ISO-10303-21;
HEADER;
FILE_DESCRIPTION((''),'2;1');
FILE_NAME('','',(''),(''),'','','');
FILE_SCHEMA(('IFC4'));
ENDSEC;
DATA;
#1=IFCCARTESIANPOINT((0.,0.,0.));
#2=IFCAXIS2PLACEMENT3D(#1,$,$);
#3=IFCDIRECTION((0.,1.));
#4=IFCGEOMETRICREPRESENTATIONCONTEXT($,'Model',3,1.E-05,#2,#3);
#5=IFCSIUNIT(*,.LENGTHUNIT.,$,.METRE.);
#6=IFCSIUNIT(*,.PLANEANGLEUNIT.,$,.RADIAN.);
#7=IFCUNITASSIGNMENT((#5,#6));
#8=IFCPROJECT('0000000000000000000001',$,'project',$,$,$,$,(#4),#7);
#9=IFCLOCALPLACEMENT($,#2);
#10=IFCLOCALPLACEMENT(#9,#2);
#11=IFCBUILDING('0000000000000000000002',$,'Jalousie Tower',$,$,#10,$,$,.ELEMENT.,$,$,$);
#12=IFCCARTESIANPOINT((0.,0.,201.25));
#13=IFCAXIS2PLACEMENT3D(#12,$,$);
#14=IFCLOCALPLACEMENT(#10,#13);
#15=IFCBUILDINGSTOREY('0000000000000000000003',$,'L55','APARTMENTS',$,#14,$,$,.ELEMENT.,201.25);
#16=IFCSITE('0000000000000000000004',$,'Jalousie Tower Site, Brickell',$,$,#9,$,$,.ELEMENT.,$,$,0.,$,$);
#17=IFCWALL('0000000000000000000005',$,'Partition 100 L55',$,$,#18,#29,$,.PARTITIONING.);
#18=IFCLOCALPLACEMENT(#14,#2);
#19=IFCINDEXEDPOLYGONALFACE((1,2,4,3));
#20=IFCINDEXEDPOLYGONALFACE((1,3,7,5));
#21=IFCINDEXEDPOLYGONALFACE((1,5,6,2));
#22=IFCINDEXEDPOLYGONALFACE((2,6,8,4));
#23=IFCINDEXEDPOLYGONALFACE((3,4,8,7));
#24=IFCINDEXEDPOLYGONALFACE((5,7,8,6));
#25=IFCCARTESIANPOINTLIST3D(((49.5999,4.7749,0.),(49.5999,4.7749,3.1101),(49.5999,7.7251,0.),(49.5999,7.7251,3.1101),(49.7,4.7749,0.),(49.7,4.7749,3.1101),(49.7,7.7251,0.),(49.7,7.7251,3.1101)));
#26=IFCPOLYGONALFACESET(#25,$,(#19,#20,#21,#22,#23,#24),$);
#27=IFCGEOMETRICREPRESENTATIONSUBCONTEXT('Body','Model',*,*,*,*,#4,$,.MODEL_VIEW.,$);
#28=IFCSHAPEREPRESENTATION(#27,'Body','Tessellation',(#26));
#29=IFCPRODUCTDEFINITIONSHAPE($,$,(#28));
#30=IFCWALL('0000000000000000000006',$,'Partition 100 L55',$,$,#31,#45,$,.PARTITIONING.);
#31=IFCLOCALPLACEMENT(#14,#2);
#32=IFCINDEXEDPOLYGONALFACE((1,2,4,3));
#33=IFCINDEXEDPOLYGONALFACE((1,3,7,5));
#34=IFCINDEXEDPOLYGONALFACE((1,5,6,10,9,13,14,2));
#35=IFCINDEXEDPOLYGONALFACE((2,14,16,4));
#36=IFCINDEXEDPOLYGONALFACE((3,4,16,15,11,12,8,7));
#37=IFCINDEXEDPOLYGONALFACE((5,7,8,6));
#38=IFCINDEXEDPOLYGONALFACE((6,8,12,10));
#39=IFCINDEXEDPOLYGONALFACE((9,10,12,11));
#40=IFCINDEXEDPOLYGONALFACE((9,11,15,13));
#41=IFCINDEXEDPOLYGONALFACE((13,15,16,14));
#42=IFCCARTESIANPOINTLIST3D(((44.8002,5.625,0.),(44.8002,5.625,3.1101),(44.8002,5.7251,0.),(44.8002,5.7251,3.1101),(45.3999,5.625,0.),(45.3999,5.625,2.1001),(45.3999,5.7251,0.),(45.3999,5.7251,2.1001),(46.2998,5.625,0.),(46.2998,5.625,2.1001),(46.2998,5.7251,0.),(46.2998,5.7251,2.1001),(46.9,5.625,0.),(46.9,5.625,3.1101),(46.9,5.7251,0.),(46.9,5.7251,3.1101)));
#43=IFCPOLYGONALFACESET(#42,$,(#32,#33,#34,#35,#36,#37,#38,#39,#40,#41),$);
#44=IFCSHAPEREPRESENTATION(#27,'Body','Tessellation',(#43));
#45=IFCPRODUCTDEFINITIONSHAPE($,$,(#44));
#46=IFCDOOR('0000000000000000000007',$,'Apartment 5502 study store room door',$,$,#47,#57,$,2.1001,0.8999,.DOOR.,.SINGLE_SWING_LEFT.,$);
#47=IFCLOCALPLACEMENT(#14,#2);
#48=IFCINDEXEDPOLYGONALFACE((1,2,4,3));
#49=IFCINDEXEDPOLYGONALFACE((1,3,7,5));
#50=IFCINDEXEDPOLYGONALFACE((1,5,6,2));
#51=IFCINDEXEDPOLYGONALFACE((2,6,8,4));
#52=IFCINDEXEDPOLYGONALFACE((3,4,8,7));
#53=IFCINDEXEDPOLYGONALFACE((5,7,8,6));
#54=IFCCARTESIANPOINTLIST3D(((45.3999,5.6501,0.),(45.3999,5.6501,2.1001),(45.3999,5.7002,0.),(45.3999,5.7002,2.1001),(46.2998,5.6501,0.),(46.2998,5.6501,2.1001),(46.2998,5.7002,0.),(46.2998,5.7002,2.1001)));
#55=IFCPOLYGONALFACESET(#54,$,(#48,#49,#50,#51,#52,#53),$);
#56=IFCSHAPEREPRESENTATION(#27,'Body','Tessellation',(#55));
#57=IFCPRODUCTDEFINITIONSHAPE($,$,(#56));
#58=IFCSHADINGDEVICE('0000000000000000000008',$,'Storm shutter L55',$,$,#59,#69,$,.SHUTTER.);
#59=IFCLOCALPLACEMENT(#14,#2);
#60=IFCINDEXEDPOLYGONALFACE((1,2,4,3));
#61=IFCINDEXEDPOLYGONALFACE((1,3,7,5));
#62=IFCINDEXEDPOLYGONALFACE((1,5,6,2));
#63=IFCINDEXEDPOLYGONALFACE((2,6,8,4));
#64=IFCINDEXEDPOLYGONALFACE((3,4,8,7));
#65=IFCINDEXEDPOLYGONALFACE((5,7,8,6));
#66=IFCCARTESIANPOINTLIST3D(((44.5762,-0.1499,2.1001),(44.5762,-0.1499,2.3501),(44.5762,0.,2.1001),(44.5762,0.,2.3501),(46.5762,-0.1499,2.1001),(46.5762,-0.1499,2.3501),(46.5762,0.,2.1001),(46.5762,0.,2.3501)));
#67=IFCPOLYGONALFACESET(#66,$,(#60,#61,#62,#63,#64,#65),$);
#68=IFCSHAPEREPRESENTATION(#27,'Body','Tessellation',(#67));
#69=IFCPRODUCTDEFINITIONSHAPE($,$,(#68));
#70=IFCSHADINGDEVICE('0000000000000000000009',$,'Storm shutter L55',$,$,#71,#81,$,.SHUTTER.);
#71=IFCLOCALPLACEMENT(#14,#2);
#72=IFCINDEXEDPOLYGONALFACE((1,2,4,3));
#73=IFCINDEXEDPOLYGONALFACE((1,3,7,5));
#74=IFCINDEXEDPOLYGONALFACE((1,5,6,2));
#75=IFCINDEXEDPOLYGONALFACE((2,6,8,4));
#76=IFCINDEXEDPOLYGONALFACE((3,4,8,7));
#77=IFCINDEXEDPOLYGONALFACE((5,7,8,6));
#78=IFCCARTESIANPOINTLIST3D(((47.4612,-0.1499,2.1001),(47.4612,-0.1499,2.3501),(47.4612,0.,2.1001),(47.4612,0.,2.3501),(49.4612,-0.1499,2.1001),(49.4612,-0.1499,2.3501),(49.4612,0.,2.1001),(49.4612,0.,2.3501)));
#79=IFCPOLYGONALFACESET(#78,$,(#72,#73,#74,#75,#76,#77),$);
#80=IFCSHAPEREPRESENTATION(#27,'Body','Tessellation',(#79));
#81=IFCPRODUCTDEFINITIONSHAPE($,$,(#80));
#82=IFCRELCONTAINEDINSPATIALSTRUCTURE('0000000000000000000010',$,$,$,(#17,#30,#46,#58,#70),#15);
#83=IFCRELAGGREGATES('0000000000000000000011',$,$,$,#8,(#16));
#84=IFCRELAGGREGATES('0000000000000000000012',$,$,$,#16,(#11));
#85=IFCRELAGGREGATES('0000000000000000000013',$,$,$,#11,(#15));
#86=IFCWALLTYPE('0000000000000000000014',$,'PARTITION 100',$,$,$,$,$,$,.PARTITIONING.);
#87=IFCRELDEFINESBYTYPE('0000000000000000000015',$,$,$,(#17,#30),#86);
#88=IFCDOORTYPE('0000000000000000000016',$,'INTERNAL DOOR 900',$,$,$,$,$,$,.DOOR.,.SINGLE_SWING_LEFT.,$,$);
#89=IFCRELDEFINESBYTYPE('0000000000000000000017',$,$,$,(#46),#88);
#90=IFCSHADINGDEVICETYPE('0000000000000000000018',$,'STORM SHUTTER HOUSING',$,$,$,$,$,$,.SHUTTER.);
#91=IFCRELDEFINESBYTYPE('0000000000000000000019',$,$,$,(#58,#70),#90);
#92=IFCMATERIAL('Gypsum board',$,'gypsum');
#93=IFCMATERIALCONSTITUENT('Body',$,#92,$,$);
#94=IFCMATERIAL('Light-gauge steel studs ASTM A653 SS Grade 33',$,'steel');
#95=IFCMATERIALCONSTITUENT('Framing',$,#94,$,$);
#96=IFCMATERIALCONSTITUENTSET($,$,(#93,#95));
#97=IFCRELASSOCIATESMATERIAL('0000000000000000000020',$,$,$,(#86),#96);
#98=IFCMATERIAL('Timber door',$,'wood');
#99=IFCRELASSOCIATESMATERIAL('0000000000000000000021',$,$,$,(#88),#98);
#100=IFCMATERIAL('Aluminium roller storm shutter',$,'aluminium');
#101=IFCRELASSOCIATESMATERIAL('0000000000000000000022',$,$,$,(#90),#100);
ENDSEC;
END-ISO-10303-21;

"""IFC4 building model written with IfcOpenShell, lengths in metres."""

from ifc_helpers import new_model, si_unit, direction, frame, frame_2d, origin, origin_2d, place, context, subcontext, project, spatial, rectangle, extrude, material, constituent, constituent_set, type_object, element, fill, save


model = new_model("IFC4")

# Units and contexts
model_context = context("Model", 3, precision=1e-05, world=origin(), true_north=direction((0.0, 1.0)))
body_context = subcontext(model_context, "Body", "Model", "MODEL_VIEW")
ifc_project = project(units=[si_unit("LENGTHUNIT", "METRE"), si_unit("PLANEANGLEUNIT", "RADIAN")], contexts=[model_context])

# Site, building, storey
site_placement = place(None, origin())
site = spatial("IfcSite", under=ifc_project, at=site_placement, Name="Jalousie Tower Site, Brickell", CompositionType="ELEMENT", RefElevation=0.0)
building_placement = place(site_placement, origin())
building = spatial("IfcBuilding", under=site, at=building_placement, Name="Jalousie Tower", CompositionType="ELEMENT")
storey_placement = place(building_placement, frame((0.0, 0.0, 201.25)))
storey = spatial("IfcBuildingStorey", under=building, at=storey_placement, Name="L55", Description="APARTMENTS", CompositionType="ELEMENT", Elevation=201.25)

# Shared definitions
ifc_material_1 = material(Name="Gypsum board", Category="gypsum")
ifc_constituent_1 = constituent(ifc_material_1, Name="Body")
ifc_material_2 = material(Name="Light-gauge steel studs ASTM A653 SS Grade 33", Category="steel")
ifc_constituent_2 = constituent(ifc_material_2, Name="Framing")
ifc_constituent_set = constituent_set(constituents=[ifc_constituent_1, ifc_constituent_2])
wall_type = type_object("IfcWallType", Name="PARTITION 100", PredefinedType="PARTITIONING", material=ifc_constituent_set)
ifc_material_3 = material(Name="Timber door", Category="wood")
door_type_1 = type_object("IfcDoorType", Name="INTERNAL DOOR 900", OperationType="SINGLE_SWING_LEFT", PredefinedType="DOOR", material=ifc_material_3)

# Wall
wall_1_placement = place(storey_placement, frame((49.6499, 4.7749, 0.0), z_axis=(0.0, 0.0, 1.0), x_axis=(0.0, 1.0, 0.0)))
element("IfcWall", 1, at=wall_1_placement, inside=storey, type_object=wall_type, Name="Partition 100 L55", PredefinedType="PARTITIONING", context=body_context, shape_type="SweptSolid", body=[
    extrude(rectangle(XDim=2.9502, YDim=0.1001, at=frame_2d((1.4751, 0.0))), origin(), (0.0, 0.0, 1.0), 3.1101),
])

# Wall, opening, door
wall_2_placement = place(storey_placement, frame((46.8999, 5.675, 0.0), z_axis=(0.0, 0.0, 1.0), x_axis=(-1.0, 0.0, 0.0)))
wall_2 = element("IfcWall", 2, at=wall_2_placement, inside=storey, type_object=wall_type, Name="Partition 100 L55", PredefinedType="PARTITIONING", context=body_context, shape_type="SweptSolid", body=[
    extrude(rectangle(XDim=2.0999, YDim=0.1001, at=frame_2d((1.0498, 0.0))), origin(), (0.0, 0.0, 1.0), 3.1101),
])
opening_1_placement = place(wall_2_placement, frame((0.6001, 0.0, 0.0)))
opening_1 = element("IfcOpeningElement", 3, at=opening_1_placement, cuts=wall_2, PredefinedType="OPENING", context=body_context, shape_type="SweptSolid", body=[
    extrude(rectangle(XDim=0.8999, YDim=2.1001, at=frame_2d((0.45, 1.05))), frame((0.0, 0.0601, 0.0), z_axis=(0.0, -1.0, 0.0), x_axis=(1.0, 0.0, 0.0)), (0.0, 0.0, 1.0), 0.1201),
])
door_1_placement = place(opening_1_placement, origin())
door_1 = element("IfcDoor", 4, at=door_1_placement, inside=storey, type_object=door_type_1, Name="Apartment 5502 study store room door", OperationType="SINGLE_SWING_LEFT", OverallHeight=2.1001, OverallWidth=0.8999, PredefinedType="DOOR", context=body_context, shape_type="SweptSolid", body=[
    extrude(rectangle(XDim=0.8999, YDim=2.1001, at=frame_2d((0.45, 1.05))), frame((0.0, 0.0249, 0.0), z_axis=(0.0, -1.0, 0.0), x_axis=(1.0, 0.0, 0.0)), (0.0, 0.0, 1.0), 0.05),
])
fill(opening_1, door_1)

# Shading devices
ifc_material_4 = material(Name="Aluminium roller storm shutter", Category="aluminium")
shading_device_type = type_object("IfcShadingDeviceType", Name="STORM SHUTTER HOUSING", PredefinedType="SHUTTER", material=ifc_material_4)
for number, where, z_axis, x_axis, name in (
    (5, (45.5762, -0.075, 2.1001), (0.0, 0.0, 1.0), (1.0, 0.0, 0.0), "Storm shutter L55"),
    (6, (48.4612, -0.075, 2.1001), (0.0, 0.0, 1.0), (1.0, 0.0, 0.0), "Storm shutter L55"),
):
    element("IfcShadingDevice", number, at=place(storey_placement, frame(where, z_axis=z_axis, x_axis=x_axis)), inside=storey, type_object=shading_device_type, Name=name, PredefinedType="SHUTTER", context=body_context, shape_type="SweptSolid", body=[
        extrude(rectangle(XDim=2.0, YDim=0.1499, at=origin_2d()), origin(), (0.0, 0.0, 1.0), 0.25),
    ])

save(model, "model.ifc")
